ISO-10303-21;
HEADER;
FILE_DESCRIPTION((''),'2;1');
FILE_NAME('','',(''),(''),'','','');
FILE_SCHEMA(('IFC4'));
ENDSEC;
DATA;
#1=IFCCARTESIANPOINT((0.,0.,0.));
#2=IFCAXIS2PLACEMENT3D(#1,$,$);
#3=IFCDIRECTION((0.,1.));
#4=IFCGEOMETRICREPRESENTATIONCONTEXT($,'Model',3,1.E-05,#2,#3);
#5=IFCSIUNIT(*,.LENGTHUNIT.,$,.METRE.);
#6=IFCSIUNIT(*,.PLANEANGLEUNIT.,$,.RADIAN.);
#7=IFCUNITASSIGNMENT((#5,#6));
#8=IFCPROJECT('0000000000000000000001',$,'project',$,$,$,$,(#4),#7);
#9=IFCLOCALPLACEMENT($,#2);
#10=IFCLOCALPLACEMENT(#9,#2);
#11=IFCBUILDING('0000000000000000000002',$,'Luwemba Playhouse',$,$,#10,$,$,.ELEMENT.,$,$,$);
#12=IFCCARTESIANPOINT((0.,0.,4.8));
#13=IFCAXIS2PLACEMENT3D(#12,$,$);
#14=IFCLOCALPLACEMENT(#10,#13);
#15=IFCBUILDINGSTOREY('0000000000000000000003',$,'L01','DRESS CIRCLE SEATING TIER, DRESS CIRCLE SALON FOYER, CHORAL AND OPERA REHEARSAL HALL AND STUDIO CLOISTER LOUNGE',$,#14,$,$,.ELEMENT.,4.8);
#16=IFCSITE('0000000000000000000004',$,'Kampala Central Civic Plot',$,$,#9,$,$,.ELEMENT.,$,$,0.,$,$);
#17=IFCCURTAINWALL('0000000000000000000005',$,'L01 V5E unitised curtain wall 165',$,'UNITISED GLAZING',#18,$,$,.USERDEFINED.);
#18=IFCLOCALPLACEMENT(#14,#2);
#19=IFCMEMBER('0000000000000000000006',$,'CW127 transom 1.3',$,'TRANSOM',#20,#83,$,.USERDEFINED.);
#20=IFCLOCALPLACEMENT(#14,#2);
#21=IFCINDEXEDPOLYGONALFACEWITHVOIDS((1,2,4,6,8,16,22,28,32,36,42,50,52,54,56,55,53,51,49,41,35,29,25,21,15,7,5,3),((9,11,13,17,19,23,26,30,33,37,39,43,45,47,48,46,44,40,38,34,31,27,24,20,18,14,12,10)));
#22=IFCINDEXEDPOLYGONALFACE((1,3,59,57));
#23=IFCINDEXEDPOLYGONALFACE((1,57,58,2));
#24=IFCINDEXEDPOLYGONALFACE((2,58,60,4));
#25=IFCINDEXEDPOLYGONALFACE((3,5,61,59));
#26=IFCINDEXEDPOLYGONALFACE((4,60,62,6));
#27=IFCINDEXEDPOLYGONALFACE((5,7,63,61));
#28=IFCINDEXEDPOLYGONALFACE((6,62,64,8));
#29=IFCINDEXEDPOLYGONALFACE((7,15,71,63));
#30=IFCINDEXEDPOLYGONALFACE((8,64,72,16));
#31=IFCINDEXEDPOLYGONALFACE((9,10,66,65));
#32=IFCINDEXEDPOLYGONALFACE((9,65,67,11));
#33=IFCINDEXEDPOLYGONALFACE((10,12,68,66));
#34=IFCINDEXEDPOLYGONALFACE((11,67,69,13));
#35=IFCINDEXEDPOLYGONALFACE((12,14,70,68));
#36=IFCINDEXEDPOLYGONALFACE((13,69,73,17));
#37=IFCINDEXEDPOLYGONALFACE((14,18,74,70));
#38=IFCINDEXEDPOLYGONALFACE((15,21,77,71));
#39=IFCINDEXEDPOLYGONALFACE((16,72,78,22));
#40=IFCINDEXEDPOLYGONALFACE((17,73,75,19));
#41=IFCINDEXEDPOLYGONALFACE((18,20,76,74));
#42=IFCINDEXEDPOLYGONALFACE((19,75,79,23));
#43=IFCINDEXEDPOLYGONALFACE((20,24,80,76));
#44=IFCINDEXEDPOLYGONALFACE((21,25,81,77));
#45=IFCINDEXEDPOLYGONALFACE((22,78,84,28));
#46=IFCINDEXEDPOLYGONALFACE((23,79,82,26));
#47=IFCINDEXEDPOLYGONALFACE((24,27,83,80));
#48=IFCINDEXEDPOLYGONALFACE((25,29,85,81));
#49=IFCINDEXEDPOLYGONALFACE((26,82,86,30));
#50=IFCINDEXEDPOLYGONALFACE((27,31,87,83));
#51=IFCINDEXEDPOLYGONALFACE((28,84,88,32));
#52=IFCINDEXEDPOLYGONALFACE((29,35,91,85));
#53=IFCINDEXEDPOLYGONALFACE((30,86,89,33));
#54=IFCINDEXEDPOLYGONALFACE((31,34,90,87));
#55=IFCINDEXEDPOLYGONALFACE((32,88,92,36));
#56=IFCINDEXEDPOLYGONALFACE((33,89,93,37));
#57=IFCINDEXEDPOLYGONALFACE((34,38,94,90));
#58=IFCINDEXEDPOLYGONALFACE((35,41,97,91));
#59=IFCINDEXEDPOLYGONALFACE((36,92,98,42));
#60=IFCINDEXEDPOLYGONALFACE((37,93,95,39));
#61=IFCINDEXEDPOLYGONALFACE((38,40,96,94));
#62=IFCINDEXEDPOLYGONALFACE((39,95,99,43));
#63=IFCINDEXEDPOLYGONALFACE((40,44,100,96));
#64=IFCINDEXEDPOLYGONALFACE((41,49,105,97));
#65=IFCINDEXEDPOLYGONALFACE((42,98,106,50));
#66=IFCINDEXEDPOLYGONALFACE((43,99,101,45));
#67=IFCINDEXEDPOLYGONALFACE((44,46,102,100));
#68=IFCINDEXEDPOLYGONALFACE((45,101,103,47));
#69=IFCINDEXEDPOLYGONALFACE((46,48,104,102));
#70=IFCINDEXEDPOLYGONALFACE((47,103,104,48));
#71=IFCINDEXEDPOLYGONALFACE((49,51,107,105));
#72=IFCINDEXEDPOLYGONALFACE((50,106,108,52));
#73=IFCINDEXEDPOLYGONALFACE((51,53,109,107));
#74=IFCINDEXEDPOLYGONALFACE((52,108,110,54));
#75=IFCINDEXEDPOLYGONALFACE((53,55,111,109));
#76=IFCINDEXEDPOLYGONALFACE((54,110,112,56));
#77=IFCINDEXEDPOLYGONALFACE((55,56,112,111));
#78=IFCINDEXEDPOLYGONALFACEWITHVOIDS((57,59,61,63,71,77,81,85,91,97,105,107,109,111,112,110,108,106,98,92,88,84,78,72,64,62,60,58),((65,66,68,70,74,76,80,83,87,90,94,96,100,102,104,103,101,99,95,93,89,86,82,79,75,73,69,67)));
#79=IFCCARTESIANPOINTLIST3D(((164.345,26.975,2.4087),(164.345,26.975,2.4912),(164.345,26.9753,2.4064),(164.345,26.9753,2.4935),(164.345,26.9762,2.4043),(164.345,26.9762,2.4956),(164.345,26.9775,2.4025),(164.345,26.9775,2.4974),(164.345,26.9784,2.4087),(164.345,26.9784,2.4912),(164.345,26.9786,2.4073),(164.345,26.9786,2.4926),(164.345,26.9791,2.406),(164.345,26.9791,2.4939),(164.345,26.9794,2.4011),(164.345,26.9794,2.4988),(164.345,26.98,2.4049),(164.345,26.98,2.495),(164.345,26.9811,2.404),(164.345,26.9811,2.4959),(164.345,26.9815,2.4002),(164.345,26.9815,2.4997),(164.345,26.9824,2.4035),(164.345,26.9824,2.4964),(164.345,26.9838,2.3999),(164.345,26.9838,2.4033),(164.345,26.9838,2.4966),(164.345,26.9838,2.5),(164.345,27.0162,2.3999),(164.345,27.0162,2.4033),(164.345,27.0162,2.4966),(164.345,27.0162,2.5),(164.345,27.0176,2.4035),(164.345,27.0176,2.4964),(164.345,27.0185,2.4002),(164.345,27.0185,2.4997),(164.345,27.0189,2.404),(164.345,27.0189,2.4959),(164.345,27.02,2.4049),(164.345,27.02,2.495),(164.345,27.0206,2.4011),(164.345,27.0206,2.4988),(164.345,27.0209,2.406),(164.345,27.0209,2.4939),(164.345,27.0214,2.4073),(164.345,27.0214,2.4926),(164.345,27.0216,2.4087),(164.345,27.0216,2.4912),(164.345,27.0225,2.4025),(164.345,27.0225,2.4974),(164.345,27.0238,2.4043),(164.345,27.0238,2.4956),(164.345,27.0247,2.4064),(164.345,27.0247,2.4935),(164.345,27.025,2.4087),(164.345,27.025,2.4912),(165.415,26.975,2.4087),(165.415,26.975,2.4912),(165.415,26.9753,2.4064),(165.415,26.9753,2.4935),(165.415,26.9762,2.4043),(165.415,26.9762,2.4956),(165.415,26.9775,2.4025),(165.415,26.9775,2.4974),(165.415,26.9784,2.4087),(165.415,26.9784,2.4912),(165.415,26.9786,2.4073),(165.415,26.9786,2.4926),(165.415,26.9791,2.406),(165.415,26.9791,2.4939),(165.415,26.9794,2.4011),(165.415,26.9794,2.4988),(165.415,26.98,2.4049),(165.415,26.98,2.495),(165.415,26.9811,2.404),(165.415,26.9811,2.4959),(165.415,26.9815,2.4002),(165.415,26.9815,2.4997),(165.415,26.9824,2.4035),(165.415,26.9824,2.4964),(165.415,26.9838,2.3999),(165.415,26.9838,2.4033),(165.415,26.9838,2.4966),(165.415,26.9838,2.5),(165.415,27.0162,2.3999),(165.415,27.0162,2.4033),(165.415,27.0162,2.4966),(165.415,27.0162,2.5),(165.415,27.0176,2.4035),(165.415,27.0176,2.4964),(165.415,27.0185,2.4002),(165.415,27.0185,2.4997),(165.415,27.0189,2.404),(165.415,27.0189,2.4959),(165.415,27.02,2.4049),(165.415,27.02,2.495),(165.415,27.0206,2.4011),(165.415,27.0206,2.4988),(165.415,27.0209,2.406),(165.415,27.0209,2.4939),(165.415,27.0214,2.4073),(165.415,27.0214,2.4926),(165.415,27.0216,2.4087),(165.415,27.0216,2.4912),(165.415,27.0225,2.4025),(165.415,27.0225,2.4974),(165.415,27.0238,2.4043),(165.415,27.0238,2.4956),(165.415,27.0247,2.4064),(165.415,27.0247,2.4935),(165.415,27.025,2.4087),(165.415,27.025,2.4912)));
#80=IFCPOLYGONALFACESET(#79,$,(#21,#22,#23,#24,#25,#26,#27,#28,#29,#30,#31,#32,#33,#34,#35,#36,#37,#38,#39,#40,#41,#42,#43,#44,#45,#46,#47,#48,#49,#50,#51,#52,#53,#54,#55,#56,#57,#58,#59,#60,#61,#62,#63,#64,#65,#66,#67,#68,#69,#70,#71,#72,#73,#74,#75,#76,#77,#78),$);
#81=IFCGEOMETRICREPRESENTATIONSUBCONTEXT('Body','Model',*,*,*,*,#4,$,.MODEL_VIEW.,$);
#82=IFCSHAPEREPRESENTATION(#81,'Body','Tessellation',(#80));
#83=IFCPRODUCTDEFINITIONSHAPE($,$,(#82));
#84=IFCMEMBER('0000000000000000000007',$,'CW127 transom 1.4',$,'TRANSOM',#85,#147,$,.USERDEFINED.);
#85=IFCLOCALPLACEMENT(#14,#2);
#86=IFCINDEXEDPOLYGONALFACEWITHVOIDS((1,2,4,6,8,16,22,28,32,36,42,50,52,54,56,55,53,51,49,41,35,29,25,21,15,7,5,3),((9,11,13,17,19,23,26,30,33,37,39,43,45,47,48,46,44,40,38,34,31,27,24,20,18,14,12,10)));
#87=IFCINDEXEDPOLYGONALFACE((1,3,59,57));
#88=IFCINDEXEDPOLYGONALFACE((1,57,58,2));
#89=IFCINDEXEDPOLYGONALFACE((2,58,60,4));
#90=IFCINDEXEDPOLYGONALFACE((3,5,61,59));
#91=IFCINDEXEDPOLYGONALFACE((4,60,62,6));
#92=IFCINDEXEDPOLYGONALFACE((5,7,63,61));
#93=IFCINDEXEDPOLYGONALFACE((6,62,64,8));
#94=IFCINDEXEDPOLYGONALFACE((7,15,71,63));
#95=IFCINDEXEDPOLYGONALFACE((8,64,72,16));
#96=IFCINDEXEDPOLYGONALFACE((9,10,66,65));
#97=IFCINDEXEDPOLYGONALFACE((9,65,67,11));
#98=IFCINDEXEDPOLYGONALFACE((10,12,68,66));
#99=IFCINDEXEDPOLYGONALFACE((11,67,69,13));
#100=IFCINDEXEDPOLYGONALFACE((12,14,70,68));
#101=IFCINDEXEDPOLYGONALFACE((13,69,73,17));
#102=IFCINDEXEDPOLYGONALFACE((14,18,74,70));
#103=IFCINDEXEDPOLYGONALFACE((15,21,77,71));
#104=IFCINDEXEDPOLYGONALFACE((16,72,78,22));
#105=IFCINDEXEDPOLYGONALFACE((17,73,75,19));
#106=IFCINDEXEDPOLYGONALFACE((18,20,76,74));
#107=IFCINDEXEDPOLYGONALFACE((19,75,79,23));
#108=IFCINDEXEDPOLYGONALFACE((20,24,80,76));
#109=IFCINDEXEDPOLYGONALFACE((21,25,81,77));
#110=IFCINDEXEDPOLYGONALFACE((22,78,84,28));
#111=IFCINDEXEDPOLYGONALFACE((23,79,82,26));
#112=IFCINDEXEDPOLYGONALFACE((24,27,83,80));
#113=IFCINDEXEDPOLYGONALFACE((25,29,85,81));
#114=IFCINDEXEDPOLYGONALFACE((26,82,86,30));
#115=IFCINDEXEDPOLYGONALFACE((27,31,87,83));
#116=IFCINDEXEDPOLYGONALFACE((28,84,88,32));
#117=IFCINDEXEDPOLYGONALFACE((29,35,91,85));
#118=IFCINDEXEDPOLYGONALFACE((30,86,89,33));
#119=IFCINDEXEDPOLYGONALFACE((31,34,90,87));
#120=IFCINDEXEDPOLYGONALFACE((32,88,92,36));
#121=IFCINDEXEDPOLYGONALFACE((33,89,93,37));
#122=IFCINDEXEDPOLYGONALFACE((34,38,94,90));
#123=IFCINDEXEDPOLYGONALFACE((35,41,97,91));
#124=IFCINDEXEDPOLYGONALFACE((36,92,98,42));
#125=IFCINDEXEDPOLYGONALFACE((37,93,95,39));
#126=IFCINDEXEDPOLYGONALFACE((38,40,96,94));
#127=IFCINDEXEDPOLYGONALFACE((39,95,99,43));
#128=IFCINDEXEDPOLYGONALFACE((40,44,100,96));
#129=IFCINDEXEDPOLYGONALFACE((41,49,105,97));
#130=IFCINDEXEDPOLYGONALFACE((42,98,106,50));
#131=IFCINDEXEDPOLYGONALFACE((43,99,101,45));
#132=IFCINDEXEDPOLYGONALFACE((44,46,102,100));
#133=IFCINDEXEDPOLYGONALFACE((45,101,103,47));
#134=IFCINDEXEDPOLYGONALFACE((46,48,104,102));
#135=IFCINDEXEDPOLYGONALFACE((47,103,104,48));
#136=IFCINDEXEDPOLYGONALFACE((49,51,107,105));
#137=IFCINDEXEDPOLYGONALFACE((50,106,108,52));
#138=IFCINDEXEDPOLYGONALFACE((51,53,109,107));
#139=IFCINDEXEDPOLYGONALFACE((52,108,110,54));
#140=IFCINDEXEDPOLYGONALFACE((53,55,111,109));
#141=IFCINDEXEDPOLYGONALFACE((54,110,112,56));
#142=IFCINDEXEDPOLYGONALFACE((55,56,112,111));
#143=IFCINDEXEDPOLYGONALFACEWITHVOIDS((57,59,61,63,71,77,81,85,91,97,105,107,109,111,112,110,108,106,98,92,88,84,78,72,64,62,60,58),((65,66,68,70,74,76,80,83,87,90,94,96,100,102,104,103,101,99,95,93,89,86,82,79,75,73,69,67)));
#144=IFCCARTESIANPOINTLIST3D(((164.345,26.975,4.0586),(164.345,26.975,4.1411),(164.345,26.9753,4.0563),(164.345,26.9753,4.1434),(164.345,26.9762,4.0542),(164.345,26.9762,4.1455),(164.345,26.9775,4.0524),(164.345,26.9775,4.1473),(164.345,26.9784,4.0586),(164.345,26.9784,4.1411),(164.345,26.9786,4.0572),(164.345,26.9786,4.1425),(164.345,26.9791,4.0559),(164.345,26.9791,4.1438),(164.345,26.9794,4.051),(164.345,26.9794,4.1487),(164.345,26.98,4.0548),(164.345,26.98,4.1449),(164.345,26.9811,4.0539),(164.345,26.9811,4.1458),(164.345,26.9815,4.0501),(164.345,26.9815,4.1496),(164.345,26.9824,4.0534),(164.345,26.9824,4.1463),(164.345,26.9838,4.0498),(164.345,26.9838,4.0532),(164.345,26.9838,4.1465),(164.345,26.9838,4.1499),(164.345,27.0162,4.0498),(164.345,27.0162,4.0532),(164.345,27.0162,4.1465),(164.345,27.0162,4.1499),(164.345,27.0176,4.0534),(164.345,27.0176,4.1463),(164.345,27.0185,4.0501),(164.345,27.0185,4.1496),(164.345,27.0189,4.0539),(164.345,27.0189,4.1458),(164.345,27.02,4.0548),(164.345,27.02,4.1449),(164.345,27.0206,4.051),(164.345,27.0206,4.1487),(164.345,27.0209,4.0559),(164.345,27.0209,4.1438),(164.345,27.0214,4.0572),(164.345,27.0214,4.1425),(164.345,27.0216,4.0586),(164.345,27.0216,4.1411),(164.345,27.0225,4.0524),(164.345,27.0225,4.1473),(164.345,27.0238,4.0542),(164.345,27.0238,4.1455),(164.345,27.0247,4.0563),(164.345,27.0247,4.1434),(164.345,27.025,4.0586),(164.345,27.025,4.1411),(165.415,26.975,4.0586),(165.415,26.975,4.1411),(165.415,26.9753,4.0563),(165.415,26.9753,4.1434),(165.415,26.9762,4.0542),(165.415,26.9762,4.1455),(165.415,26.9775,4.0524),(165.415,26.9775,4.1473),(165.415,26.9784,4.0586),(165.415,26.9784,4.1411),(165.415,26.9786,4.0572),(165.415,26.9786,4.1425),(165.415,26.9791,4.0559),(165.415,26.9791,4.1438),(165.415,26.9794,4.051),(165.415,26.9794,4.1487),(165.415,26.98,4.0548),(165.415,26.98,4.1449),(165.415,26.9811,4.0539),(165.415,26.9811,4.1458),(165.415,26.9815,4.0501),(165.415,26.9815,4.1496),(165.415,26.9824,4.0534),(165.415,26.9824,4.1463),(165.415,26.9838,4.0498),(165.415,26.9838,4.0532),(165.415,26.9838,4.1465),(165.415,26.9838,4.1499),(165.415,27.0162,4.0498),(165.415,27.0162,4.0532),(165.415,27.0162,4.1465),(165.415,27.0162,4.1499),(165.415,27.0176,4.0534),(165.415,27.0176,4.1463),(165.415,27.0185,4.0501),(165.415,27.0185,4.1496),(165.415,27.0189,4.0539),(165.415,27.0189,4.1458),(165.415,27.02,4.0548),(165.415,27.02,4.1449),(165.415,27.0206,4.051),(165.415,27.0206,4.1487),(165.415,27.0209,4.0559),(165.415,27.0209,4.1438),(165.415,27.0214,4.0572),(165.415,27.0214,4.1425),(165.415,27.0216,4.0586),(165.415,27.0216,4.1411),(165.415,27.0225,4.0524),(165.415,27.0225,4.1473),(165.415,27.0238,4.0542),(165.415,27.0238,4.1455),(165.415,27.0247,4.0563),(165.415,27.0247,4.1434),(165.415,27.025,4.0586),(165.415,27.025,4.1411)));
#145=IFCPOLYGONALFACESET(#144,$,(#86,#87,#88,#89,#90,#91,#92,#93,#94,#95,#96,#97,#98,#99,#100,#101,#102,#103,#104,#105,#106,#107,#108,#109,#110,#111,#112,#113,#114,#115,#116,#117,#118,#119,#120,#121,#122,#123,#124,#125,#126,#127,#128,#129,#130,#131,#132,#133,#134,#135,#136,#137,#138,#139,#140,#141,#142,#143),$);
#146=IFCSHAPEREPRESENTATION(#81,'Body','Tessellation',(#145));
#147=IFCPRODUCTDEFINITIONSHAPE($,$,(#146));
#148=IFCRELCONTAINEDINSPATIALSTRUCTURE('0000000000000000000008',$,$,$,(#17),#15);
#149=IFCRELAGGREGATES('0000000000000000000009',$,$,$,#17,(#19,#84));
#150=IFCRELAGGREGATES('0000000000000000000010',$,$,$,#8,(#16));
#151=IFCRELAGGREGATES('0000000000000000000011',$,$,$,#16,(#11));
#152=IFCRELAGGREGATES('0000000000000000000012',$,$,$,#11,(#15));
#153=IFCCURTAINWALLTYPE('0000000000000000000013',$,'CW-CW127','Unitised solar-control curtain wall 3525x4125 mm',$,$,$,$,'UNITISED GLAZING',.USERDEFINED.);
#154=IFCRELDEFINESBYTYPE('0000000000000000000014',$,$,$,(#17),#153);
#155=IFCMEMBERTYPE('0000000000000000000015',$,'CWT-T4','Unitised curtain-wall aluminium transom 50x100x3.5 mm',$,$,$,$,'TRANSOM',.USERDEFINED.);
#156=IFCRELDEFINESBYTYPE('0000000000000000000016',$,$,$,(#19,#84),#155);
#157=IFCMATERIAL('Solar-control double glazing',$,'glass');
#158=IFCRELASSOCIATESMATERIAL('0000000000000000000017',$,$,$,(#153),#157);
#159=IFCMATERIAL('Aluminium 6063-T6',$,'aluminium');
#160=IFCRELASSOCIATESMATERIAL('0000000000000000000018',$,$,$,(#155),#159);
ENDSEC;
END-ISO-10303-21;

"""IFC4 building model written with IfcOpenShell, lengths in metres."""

from ifc_helpers import new_model, si_unit, direction, frame, origin, origin_2d, place, context, subcontext, project, spatial, hollow_rectangle, extrude, material, material_profile, profile_set, type_object, element, aggregate, save


model = new_model("IFC4")

# Units and contexts
model_context = context("Model", 3, precision=1e-05, world=origin(), true_north=direction((0.0, 1.0)))
body_context = subcontext(model_context, "Body", "Model", "MODEL_VIEW")
ifc_project = project(units=[si_unit("LENGTHUNIT", "METRE"), si_unit("PLANEANGLEUNIT", "RADIAN")], contexts=[model_context])

# Site, building, storey
site_placement = place(None, origin())
site = spatial("IfcSite", under=ifc_project, at=site_placement, Name="Kampala Central Civic Plot", CompositionType="ELEMENT", RefElevation=0.0)
building_placement = place(site_placement, origin())
building = spatial("IfcBuilding", under=site, at=building_placement, Name="Luwemba Playhouse", CompositionType="ELEMENT")
storey_placement = place(building_placement, frame((0.0, 0.0, 4.8)))
storey = spatial("IfcBuildingStorey", under=building, at=storey_placement, Name="L01", Description="DRESS CIRCLE SEATING TIER, DRESS CIRCLE SALON FOYER, CHORAL AND OPERA REHEARSAL HALL AND STUDIO CLOISTER LOUNGE", CompositionType="ELEMENT", Elevation=4.8)

# Curtain wall
ifc_material_1 = material(Name="Solar-control double glazing", Category="glass")
ifc_material_2 = material(Name="Aluminium 6063-T6", Category="aluminium")
curtain_wall_type_1 = type_object("IfcCurtainWallType", Name="CW-CW127", Description="Unitised solar-control curtain wall 3525x4125 mm", ElementType="UNITISED GLAZING", PredefinedType="USERDEFINED", material=ifc_material_1)
curtain_wall_1_placement = place(storey_placement, origin())
curtain_wall_1 = element("IfcCurtainWall", 1, at=curtain_wall_1_placement, inside=storey, type_object=curtain_wall_type_1, Name="L01 V5E unitised curtain wall 165", ObjectType="UNITISED GLAZING", PredefinedType="USERDEFINED")

# Members
ifc_material_profile_1 = material_profile(ifc_material_2, hollow_rectangle(XDim=0.05, YDim=0.1001, WallThickness=0.0034, InnerFilletRadius=0.0054, OuterFilletRadius=0.0088, at=origin_2d()))
ifc_profile_set_1 = profile_set([ifc_material_profile_1], Name="Aluminium 6063-T6")
member_type_1 = type_object("IfcMemberType", Name="CWT-T4", Description="Unitised curtain-wall aluminium transom 50x100x3.5 mm", ElementType="TRANSOM", PredefinedType="USERDEFINED", material=ifc_profile_set_1)
member_1_placement = place(storey_placement, frame((164.345, 27.0, 2.45), z_axis=(1.0, 0.0, 0.0), x_axis=(0.0, 1.0, 0.0)))
member_1 = element("IfcMember", 2, at=member_1_placement, type_object=member_type_1, Name="CW127 transom 1.3", ObjectType="TRANSOM", PredefinedType="USERDEFINED", context=body_context, shape_type="SweptSolid", body=[
    extrude(hollow_rectangle(XDim=0.05, YDim=0.1001, WallThickness=0.0034, InnerFilletRadius=0.0054, OuterFilletRadius=0.0088, at=origin_2d()), origin(), (0.0, 0.0, 1.0), 1.0701),
])
member_2_placement = place(storey_placement, frame((164.345, 27.0, 4.0999), z_axis=(1.0, 0.0, 0.0), x_axis=(0.0, 1.0, 0.0)))
member_2 = element("IfcMember", 3, at=member_2_placement, type_object=member_type_1, Name="CW127 transom 1.4", ObjectType="TRANSOM", PredefinedType="USERDEFINED", context=body_context, shape_type="SweptSolid", body=[
    extrude(hollow_rectangle(XDim=0.05, YDim=0.1001, WallThickness=0.0034, InnerFilletRadius=0.0054, OuterFilletRadius=0.0088, at=origin_2d()), origin(), (0.0, 0.0, 1.0), 1.0701),
])

aggregate(curtain_wall_1, [member_1, member_2])

save(model, "model.ifc")
